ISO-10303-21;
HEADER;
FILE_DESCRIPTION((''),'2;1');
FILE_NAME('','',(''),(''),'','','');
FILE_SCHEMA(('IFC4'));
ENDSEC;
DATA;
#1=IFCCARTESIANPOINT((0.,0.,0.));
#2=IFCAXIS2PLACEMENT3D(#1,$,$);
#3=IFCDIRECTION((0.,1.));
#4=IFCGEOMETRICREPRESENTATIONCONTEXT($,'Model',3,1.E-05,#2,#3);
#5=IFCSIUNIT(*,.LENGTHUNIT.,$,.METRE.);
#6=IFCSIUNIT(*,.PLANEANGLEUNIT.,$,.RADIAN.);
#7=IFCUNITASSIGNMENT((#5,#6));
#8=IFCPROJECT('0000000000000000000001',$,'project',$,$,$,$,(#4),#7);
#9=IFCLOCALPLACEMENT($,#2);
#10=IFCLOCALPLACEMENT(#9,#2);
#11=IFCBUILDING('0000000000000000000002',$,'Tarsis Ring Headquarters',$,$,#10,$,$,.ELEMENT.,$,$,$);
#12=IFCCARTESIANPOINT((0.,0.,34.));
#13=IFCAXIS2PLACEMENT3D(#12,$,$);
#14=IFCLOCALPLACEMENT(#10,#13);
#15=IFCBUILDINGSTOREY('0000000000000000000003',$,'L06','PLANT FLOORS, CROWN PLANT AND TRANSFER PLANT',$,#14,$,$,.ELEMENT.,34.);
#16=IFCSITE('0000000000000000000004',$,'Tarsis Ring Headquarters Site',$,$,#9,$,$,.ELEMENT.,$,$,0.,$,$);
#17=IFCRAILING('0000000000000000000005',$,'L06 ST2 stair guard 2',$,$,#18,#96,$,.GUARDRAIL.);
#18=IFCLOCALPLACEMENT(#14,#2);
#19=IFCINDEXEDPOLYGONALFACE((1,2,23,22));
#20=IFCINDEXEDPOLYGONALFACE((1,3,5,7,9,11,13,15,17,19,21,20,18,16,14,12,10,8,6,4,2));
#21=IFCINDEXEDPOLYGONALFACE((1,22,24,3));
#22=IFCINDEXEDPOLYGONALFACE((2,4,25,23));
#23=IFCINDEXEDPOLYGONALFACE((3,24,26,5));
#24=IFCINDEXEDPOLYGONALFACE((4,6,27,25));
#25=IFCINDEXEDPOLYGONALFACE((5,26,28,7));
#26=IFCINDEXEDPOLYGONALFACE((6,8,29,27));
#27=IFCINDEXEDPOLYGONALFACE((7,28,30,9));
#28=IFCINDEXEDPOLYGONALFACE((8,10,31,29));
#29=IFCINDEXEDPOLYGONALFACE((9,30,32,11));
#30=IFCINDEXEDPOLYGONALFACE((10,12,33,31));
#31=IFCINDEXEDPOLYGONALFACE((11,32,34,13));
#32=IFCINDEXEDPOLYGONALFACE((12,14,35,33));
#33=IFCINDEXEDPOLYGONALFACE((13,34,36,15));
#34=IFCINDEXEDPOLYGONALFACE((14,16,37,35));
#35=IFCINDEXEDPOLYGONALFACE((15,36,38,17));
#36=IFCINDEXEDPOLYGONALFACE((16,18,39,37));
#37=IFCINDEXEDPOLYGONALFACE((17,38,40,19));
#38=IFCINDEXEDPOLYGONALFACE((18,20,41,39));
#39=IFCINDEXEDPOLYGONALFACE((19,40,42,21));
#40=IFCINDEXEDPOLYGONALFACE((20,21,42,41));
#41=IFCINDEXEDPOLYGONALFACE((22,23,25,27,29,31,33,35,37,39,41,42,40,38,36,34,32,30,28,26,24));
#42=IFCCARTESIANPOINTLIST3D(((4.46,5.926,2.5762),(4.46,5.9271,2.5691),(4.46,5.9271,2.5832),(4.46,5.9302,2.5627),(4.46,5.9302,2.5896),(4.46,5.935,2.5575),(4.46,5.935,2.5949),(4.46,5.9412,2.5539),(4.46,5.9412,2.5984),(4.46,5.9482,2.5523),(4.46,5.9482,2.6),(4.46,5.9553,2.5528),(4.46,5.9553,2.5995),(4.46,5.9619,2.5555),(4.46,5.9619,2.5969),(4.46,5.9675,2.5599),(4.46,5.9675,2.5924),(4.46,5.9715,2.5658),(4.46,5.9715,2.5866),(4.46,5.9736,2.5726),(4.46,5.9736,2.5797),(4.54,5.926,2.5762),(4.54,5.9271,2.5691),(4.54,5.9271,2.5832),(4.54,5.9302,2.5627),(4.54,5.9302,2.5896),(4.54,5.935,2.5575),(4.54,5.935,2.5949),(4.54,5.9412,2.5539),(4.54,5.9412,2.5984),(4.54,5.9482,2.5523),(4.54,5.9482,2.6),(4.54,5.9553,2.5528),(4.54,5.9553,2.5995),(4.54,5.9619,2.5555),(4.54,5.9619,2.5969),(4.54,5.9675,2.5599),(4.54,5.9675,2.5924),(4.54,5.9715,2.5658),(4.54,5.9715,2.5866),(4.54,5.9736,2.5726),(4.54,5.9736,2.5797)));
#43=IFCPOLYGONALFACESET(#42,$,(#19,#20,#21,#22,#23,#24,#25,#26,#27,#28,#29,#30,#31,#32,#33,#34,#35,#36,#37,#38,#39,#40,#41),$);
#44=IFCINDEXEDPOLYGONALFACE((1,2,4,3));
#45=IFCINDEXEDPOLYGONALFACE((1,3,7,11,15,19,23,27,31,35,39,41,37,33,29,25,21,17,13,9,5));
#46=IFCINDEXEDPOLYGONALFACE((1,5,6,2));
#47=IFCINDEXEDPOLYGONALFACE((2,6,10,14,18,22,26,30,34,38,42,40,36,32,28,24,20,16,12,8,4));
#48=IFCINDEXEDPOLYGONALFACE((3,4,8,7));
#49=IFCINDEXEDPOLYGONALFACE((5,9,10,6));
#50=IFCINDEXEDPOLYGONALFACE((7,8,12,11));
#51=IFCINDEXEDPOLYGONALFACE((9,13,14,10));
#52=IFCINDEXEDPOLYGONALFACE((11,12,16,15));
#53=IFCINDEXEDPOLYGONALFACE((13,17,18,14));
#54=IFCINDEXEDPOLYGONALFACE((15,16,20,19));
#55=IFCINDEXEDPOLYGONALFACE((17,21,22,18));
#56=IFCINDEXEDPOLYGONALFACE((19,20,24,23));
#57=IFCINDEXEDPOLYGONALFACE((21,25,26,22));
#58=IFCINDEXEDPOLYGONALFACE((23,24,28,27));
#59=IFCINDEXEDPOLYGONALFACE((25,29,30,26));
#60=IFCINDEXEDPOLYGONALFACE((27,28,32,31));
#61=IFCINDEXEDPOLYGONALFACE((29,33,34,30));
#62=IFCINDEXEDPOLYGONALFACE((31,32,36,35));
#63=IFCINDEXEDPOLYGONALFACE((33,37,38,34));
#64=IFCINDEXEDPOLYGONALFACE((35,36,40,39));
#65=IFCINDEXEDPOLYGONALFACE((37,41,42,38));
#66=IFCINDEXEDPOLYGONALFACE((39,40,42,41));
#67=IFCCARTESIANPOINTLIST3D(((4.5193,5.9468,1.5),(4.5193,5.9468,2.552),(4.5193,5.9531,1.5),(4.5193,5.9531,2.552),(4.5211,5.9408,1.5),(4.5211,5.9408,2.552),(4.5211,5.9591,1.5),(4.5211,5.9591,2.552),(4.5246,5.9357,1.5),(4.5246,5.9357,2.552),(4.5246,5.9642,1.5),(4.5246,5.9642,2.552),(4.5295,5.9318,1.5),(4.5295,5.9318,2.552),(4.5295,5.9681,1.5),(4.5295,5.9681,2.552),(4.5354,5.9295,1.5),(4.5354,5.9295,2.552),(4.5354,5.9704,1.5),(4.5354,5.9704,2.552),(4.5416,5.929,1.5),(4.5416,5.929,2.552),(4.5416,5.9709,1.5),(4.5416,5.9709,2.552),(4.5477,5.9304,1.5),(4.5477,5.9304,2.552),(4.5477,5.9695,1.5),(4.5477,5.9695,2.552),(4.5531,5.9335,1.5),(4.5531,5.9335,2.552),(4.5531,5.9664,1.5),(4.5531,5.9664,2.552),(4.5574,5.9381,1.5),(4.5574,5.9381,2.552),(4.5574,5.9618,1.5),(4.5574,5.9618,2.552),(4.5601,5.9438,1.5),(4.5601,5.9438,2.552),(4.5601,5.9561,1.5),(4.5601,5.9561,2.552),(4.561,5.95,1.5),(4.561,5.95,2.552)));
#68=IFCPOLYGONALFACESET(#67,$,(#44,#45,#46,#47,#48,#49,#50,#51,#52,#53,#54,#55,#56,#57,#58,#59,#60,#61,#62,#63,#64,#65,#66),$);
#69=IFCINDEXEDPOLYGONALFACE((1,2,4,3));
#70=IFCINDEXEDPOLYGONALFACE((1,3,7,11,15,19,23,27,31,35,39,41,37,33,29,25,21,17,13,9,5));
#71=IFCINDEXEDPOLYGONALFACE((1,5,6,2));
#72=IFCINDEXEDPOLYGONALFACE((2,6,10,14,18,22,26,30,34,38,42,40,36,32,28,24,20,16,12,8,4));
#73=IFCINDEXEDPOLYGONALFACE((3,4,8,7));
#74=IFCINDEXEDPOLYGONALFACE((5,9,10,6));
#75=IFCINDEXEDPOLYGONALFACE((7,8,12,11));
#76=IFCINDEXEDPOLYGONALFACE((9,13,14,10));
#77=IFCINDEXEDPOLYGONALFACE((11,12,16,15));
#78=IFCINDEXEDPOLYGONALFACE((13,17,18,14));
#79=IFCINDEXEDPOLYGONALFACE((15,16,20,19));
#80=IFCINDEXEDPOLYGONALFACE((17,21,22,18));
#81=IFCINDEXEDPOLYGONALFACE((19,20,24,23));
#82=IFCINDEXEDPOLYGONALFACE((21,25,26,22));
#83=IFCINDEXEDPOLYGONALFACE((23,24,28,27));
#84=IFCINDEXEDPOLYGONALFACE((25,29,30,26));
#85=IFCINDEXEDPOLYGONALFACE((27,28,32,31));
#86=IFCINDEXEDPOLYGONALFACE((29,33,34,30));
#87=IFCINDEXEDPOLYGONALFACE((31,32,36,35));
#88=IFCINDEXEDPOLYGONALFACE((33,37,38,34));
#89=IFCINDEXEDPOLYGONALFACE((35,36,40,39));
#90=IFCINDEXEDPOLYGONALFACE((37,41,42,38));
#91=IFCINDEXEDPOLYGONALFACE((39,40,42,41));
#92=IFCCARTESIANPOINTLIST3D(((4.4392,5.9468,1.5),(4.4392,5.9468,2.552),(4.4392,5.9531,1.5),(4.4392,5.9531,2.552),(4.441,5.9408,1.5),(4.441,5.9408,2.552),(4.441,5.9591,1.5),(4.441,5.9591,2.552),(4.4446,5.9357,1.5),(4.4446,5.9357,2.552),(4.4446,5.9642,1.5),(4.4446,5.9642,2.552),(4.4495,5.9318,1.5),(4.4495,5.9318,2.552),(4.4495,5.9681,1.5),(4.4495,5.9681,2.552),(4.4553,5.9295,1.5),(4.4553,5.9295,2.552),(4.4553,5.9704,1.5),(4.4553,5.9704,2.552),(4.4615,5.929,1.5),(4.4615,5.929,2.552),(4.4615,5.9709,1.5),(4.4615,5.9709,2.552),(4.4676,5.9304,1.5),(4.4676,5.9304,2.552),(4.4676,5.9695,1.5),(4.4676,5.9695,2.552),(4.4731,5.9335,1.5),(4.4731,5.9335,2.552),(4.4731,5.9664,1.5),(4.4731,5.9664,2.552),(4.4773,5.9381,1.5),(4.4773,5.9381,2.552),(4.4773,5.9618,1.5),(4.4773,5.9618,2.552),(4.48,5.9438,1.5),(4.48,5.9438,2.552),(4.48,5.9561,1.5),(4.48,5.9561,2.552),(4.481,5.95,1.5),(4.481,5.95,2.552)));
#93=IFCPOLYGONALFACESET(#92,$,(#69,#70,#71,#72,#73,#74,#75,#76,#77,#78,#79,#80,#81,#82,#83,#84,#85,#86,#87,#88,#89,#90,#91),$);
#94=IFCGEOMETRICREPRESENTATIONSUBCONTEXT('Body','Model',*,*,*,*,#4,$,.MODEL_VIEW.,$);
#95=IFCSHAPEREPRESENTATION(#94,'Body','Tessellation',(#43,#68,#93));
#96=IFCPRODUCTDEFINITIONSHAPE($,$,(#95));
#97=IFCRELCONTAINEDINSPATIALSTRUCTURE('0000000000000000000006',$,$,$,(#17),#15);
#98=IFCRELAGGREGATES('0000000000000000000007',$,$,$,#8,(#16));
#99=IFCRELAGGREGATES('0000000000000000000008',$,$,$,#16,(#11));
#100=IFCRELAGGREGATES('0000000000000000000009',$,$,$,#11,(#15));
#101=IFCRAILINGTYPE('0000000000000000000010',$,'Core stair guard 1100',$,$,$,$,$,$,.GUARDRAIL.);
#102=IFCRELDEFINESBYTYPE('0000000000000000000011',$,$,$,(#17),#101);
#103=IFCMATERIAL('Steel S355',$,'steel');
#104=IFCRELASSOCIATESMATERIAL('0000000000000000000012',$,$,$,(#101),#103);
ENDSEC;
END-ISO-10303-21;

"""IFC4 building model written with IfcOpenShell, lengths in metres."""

from ifc_helpers import new_model, si_unit, direction, frame, origin, origin_2d, place, context, subcontext, project, spatial, circle, extrude, material, type_object, element, save


model = new_model("IFC4")

# Units and contexts
model_context = context("Model", 3, precision=1e-05, world=origin(), true_north=direction((0.0, 1.0)))
body_context = subcontext(model_context, "Body", "Model", "MODEL_VIEW")
ifc_project = project(units=[si_unit("LENGTHUNIT", "METRE"), si_unit("PLANEANGLEUNIT", "RADIAN")], contexts=[model_context])

# Site, building, storey
site_placement = place(None, origin())
site = spatial("IfcSite", under=ifc_project, at=site_placement, Name="Tarsis Ring Headquarters Site", CompositionType="ELEMENT", RefElevation=0.0)
building_placement = place(site_placement, origin())
building = spatial("IfcBuilding", under=site, at=building_placement, Name="Tarsis Ring Headquarters", CompositionType="ELEMENT")
storey_placement = place(building_placement, frame((0.0, 0.0, 34.0)))
storey = spatial("IfcBuildingStorey", under=building, at=storey_placement, Name="L06", Description="PLANT FLOORS, CROWN PLANT AND TRANSFER PLANT", CompositionType="ELEMENT", Elevation=34.0)

# Railing
ifc_material_1 = material(Name="Steel S355", Category="steel")
railing_type_1 = type_object("IfcRailingType", Name="Core stair guard 1100", PredefinedType="GUARDRAIL", material=ifc_material_1)
railing_1_placement = place(storey_placement, frame((4.54, 5.95, 1.5)))
element("IfcRailing", 1, at=railing_1_placement, inside=storey, type_object=railing_type_1, Name="L06 ST2 stair guard 2", PredefinedType="GUARDRAIL", context=body_context, shape_type="SweptSolid", body=[
    extrude(circle(Radius=0.0239, at=origin_2d()), frame((0.0, 0.0, 1.0762), z_axis=(-1.0, 0.0, 0.0), x_axis=(0.0, -1.0, 0.0)), (0.0, 0.0, 1.0), 0.0801),
    extrude(circle(Radius=0.021, at=origin_2d()), origin(), (0.0, 0.0, 1.0), 1.052),
    extrude(circle(Radius=0.021, at=origin_2d()), frame((-0.0801, 0.0, 0.0)), (0.0, 0.0, 1.0), 1.052),
])

save(model, "model.ifc")
